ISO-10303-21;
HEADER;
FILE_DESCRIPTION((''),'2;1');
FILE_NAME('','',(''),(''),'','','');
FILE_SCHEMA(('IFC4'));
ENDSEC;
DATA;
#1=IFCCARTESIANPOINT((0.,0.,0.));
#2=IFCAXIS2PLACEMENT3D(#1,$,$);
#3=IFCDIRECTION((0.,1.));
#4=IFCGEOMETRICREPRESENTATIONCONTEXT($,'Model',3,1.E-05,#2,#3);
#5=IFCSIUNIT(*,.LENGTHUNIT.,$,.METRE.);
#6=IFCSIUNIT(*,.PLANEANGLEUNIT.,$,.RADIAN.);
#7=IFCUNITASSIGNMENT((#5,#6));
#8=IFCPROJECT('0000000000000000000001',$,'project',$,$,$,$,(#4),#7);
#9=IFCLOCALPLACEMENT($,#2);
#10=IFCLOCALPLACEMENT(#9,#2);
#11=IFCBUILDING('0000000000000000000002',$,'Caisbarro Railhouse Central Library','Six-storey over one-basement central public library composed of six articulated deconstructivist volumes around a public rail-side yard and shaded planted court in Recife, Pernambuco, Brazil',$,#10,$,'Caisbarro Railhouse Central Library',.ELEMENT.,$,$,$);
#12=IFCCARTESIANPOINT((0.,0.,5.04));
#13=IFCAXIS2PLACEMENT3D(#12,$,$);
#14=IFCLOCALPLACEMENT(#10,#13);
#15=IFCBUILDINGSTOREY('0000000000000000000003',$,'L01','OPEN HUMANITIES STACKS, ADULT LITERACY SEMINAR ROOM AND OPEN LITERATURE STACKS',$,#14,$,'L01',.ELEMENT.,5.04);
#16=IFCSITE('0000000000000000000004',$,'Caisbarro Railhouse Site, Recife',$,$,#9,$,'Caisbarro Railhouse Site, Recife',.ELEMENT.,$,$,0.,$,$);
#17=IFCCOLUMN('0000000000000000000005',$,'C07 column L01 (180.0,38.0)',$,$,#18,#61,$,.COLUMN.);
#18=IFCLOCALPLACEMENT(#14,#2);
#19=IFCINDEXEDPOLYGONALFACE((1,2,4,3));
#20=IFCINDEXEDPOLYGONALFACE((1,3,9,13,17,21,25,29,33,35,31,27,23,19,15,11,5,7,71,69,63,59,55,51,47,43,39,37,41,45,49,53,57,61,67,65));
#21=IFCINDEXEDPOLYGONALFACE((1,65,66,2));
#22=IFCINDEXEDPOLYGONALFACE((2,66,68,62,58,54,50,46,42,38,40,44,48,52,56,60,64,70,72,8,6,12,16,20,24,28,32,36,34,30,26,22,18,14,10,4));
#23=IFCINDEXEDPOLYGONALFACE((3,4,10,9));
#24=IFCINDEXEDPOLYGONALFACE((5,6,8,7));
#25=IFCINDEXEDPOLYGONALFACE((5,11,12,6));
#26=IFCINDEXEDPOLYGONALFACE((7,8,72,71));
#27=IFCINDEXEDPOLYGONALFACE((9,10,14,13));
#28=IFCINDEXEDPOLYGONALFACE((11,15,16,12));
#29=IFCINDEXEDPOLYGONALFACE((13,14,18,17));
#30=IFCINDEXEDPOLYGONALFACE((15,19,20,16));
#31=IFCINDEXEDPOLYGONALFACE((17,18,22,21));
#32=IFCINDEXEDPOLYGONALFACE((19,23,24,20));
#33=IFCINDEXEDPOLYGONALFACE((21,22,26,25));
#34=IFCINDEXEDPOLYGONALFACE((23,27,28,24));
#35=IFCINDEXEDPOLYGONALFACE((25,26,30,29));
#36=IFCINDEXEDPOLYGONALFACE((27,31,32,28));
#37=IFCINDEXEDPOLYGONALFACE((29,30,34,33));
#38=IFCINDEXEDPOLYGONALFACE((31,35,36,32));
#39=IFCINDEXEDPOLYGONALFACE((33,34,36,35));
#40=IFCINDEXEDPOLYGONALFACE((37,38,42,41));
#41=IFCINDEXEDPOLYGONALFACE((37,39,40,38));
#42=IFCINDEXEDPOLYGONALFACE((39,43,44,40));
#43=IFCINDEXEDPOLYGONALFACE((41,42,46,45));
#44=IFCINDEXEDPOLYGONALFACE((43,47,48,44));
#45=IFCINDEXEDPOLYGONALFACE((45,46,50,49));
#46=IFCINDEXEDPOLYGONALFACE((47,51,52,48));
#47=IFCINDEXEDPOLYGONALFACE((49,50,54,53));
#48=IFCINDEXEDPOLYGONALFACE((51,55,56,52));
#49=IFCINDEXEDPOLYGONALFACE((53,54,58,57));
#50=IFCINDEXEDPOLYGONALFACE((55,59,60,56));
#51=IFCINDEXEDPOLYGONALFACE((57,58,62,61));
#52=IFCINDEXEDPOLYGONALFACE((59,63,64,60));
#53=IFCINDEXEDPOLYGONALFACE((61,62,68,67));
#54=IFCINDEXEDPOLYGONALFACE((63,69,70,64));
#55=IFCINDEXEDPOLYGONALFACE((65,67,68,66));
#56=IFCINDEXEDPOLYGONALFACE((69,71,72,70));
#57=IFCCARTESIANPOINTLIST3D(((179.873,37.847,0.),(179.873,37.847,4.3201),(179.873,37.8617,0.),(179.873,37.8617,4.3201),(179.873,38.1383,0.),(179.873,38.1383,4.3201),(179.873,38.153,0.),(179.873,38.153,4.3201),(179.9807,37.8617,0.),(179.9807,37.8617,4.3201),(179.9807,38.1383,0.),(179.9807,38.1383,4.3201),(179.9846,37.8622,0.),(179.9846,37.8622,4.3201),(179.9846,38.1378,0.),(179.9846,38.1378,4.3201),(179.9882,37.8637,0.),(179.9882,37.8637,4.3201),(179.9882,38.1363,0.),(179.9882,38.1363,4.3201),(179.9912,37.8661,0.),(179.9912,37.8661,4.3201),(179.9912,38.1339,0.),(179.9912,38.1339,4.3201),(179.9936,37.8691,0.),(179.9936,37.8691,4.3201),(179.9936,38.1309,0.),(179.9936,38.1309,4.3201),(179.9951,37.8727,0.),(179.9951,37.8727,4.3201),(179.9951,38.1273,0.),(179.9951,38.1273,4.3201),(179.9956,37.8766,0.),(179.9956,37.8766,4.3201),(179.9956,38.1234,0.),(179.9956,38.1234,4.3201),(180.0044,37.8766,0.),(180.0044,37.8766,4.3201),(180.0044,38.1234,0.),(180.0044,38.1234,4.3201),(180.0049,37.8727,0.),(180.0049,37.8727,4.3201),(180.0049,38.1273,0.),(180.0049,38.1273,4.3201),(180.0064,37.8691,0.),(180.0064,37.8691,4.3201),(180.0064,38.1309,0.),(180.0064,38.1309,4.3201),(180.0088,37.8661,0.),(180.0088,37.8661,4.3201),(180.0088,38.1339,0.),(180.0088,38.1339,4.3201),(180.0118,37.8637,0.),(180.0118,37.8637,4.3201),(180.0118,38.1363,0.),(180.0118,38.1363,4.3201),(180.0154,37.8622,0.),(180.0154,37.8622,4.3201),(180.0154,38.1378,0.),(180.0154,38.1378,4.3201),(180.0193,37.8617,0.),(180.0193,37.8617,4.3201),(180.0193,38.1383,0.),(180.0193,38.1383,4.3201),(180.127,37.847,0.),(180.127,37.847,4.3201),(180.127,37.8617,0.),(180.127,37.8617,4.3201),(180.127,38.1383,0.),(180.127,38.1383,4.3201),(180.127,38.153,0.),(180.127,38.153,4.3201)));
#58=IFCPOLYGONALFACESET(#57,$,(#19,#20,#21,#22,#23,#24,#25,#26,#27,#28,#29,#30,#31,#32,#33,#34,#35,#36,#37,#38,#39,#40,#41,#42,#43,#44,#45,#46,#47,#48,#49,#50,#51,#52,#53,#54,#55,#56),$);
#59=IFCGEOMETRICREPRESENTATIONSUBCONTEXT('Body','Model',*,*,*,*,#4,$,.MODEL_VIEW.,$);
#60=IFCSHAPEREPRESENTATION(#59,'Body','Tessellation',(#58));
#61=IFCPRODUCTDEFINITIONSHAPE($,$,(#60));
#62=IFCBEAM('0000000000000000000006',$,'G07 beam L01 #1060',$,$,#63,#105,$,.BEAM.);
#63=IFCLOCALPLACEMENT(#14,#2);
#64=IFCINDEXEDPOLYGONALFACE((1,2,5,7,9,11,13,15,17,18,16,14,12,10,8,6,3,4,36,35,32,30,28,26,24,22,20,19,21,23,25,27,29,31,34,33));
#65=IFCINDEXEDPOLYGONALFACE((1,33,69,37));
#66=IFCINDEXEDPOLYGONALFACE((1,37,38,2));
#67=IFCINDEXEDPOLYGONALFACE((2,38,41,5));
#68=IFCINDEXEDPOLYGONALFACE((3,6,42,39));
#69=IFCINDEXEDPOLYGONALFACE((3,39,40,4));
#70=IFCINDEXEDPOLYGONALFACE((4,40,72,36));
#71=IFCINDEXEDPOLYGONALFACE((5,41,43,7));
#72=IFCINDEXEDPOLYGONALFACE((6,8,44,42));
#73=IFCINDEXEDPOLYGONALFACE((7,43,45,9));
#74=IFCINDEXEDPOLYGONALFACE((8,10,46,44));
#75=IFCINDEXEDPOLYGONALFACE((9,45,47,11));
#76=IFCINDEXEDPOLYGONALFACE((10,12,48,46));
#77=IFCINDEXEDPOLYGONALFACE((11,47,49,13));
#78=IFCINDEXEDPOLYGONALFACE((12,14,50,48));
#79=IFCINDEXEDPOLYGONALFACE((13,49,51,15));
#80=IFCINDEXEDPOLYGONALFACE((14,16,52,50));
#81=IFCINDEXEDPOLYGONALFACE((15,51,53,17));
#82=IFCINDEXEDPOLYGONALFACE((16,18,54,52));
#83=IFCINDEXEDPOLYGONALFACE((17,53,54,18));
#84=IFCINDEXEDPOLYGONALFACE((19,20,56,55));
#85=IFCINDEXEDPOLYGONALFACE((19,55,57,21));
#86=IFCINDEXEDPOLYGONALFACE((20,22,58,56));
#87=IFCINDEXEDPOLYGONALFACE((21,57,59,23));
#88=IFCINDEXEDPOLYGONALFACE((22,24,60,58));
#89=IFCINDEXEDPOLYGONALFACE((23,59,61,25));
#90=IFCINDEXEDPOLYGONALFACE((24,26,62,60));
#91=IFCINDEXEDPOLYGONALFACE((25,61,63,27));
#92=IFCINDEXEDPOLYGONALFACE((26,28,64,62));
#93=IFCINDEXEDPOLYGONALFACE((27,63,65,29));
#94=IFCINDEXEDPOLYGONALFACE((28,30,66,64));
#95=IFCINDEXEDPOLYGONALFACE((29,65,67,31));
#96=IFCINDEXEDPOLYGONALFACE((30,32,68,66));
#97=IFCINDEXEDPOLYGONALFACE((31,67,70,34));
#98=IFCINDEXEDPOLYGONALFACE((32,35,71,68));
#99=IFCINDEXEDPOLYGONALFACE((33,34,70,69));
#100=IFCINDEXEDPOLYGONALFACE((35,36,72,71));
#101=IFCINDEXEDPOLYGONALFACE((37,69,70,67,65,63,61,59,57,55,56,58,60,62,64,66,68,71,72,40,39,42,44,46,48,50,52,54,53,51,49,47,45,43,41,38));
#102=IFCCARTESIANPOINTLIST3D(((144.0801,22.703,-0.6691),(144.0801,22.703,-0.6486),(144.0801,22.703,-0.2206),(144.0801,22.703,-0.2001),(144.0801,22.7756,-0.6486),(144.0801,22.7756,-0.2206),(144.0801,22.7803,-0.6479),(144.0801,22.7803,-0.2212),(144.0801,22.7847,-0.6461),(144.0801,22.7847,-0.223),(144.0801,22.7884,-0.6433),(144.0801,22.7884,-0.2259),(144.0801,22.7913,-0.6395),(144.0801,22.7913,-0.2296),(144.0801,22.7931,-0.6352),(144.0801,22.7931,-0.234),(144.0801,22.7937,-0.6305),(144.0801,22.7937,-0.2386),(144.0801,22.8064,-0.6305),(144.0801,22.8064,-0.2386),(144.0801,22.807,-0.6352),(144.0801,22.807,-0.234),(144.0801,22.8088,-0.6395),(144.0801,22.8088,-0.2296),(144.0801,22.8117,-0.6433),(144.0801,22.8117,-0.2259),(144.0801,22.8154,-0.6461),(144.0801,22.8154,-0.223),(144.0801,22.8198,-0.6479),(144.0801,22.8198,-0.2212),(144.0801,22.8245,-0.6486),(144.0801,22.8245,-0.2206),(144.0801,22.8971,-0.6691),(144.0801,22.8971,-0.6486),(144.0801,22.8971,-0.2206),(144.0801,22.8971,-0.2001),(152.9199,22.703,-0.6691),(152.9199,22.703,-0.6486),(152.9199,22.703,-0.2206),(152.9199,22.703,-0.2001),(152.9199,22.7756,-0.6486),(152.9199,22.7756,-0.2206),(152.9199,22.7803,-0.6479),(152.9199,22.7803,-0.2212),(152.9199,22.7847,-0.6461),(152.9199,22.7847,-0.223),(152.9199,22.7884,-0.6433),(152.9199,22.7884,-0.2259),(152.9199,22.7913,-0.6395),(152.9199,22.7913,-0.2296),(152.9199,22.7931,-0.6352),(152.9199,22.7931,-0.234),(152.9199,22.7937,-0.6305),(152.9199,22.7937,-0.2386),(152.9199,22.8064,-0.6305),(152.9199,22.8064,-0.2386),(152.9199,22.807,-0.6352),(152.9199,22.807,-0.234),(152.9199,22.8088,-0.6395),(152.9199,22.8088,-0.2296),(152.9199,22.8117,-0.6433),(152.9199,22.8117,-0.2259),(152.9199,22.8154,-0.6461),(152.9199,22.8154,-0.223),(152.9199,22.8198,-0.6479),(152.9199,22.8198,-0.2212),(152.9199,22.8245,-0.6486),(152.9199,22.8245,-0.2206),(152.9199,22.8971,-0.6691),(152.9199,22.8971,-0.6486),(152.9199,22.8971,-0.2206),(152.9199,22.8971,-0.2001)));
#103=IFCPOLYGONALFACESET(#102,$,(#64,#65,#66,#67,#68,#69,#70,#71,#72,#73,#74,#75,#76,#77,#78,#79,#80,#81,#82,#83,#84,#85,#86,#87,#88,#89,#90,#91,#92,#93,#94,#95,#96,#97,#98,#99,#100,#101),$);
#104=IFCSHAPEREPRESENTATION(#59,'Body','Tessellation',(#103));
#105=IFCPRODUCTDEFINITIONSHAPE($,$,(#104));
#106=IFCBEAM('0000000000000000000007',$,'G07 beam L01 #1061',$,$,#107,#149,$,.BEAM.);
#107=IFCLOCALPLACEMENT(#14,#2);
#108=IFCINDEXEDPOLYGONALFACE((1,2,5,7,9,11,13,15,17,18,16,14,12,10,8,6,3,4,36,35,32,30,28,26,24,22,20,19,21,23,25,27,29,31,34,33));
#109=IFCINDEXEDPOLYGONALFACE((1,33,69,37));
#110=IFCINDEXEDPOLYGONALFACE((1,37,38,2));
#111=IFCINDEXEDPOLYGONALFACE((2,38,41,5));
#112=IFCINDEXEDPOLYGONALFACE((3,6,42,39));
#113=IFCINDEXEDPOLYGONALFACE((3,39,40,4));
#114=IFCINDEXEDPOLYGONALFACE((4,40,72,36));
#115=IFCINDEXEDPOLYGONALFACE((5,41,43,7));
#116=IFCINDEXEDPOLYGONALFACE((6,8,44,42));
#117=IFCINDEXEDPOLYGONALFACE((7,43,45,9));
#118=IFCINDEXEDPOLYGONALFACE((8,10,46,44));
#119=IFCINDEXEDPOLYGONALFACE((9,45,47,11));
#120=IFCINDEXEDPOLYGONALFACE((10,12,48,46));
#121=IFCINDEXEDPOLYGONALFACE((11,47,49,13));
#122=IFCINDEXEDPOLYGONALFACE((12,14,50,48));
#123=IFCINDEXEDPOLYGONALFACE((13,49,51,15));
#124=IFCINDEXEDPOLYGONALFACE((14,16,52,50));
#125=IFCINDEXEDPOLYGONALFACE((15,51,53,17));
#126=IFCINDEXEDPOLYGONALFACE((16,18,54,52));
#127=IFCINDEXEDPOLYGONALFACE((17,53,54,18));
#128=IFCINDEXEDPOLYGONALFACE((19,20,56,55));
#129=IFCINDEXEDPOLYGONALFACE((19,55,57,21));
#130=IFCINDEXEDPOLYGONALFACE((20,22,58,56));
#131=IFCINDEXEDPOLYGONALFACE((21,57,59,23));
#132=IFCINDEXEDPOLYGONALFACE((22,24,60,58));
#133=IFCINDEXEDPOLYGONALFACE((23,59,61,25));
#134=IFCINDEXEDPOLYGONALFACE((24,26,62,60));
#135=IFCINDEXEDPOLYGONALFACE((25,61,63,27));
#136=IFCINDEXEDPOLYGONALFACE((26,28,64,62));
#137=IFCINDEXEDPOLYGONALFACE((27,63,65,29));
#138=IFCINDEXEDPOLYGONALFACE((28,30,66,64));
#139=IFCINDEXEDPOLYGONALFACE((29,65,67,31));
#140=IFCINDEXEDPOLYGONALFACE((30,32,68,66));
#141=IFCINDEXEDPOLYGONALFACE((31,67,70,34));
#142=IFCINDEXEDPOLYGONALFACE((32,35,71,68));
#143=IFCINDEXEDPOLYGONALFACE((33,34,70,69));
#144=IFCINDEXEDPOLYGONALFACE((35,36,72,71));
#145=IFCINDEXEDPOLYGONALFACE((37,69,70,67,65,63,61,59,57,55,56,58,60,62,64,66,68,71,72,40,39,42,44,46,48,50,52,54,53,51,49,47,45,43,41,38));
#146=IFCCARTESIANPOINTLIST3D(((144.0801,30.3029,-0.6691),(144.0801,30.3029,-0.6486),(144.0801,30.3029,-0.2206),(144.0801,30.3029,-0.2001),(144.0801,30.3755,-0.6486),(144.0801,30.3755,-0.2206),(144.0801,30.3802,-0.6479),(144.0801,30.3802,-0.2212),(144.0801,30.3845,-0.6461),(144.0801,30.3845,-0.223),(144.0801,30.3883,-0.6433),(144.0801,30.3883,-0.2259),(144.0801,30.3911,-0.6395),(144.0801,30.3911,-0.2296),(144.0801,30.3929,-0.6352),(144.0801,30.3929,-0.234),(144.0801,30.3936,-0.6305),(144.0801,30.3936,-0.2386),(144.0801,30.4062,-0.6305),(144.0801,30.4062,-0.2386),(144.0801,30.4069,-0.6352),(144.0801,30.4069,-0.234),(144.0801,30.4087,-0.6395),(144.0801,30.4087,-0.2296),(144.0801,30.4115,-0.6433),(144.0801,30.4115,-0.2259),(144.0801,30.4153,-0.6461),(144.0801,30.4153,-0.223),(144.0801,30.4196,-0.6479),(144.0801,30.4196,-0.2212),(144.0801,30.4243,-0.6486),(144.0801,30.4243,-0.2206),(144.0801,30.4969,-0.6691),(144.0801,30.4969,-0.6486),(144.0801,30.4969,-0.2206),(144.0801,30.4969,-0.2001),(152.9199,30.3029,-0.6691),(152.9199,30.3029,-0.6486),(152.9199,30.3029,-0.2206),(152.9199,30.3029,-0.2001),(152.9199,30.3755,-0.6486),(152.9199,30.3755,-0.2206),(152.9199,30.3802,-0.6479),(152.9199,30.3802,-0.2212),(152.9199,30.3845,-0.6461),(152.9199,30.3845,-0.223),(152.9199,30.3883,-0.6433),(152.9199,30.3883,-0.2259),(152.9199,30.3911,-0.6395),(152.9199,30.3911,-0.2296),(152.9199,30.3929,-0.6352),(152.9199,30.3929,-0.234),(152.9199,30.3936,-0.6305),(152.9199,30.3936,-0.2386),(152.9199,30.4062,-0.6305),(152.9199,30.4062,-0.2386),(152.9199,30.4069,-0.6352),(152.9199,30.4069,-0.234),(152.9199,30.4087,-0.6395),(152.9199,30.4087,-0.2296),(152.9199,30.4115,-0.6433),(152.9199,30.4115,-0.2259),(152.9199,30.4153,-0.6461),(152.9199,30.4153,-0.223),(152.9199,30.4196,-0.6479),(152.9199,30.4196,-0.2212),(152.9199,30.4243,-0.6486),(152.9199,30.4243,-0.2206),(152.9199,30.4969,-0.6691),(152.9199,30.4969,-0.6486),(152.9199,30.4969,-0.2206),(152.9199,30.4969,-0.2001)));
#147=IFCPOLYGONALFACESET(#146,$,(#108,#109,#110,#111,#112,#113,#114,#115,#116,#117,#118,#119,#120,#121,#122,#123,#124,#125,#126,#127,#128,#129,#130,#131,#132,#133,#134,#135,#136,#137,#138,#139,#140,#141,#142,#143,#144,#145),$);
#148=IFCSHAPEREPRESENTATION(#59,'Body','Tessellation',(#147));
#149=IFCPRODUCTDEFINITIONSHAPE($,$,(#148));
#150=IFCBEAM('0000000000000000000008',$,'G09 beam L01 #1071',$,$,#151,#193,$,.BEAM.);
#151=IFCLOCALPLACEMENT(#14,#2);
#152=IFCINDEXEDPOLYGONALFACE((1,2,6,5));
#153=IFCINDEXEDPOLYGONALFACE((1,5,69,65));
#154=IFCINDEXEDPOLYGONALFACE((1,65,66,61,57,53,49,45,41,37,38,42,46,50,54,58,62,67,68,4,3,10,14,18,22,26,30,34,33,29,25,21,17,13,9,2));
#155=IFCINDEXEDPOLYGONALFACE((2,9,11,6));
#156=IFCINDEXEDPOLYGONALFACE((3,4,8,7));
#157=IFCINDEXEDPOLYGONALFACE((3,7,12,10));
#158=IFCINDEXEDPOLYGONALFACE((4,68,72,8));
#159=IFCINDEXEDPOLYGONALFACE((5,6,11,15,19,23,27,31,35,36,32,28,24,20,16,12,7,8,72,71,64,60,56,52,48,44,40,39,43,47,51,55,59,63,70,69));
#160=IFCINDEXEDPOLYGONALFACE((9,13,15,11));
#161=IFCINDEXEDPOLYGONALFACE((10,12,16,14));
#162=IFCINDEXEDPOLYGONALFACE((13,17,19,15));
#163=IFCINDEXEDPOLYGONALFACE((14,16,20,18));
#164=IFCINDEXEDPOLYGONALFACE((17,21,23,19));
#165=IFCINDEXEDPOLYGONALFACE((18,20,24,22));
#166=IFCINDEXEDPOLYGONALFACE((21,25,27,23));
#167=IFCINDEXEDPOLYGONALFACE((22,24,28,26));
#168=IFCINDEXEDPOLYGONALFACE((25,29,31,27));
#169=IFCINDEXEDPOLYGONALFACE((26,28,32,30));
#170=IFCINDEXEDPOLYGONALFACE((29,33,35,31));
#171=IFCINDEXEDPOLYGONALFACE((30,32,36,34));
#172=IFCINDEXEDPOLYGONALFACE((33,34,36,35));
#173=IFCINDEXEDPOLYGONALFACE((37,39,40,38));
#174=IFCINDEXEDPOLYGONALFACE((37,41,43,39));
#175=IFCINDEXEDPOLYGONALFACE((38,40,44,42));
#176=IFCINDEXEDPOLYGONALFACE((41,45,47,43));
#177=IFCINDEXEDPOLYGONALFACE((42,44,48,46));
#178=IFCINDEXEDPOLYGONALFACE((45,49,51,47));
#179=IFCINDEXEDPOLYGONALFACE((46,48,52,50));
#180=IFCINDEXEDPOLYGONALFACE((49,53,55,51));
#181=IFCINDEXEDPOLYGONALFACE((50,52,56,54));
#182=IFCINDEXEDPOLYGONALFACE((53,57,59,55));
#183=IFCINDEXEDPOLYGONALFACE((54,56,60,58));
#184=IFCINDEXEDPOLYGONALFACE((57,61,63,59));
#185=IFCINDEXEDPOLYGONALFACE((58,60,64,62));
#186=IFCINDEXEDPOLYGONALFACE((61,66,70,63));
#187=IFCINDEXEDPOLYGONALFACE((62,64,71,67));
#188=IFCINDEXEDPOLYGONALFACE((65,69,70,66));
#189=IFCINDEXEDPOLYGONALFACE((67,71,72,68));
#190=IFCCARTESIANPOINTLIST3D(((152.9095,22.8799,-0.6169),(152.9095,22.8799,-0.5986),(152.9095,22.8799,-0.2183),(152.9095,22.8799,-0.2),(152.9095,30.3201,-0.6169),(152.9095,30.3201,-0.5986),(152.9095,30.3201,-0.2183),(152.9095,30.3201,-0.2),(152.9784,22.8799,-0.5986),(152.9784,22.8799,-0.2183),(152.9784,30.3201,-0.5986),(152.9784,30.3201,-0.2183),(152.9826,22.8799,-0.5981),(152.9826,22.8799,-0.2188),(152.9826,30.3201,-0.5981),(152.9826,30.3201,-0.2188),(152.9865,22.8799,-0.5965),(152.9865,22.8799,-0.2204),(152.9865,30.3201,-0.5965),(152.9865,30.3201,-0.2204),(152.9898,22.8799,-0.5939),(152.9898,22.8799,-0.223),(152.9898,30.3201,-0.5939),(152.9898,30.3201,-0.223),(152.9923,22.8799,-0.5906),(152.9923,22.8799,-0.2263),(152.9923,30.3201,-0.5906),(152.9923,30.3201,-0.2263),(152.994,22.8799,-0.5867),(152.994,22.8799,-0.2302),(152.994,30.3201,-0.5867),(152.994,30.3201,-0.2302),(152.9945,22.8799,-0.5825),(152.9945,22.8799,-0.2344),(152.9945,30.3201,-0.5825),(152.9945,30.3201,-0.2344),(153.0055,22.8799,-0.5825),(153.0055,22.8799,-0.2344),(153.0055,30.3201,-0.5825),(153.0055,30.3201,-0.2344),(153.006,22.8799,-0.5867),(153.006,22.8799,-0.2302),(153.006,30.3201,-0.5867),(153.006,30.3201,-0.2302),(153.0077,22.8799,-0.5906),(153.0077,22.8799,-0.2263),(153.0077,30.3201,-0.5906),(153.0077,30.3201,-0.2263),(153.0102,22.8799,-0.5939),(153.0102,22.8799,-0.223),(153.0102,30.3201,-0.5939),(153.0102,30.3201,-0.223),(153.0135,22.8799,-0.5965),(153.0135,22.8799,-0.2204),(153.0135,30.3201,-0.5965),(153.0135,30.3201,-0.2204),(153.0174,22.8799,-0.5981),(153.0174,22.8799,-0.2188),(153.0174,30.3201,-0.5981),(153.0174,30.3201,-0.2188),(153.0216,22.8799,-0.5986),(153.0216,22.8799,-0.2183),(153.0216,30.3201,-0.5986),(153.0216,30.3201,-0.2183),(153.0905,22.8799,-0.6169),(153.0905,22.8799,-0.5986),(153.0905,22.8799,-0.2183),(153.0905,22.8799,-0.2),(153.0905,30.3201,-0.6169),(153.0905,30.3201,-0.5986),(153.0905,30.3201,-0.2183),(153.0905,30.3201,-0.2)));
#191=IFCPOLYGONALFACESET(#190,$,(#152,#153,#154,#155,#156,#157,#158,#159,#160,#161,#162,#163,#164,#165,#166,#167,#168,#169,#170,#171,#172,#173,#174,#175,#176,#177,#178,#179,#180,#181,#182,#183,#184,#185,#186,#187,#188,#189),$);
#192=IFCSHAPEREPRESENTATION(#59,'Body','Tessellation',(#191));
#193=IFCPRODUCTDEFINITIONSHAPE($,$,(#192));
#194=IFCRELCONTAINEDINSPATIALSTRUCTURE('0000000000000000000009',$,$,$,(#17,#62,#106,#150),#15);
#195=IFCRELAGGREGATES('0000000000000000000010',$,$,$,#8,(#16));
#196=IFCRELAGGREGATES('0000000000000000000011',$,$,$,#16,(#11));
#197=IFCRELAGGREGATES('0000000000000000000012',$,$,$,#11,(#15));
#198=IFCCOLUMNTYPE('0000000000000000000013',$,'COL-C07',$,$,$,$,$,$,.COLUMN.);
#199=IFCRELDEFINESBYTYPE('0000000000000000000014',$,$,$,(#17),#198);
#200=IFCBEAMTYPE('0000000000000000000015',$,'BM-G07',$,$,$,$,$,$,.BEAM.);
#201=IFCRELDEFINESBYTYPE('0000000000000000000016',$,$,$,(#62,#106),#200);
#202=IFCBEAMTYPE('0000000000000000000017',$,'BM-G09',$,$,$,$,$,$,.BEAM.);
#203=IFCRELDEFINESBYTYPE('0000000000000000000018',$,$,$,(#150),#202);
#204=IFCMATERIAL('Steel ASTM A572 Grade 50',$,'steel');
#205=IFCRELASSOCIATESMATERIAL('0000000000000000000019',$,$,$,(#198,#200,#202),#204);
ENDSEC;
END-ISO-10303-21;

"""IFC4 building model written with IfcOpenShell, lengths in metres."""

from ifc_helpers import new_model, si_unit, direction, frame, origin, origin_2d, place, context, subcontext, project, spatial, i_section, extrude, material, material_profile, profile_set, type_object, element, save


model = new_model("IFC4")

# Units and contexts
model_context = context("Model", 3, precision=1e-05, world=origin(), true_north=direction((0.0, 1.0)))
body_context = subcontext(model_context, "Body", "Model", "MODEL_VIEW")
ifc_project = project(units=[si_unit("LENGTHUNIT", "METRE"), si_unit("PLANEANGLEUNIT", "RADIAN")], contexts=[model_context])

# Site, building, storey
site_placement = place(None, origin())
site = spatial("IfcSite", under=ifc_project, at=site_placement, Name="Caisbarro Railhouse Site, Recife", LongName="Caisbarro Railhouse Site, Recife", CompositionType="ELEMENT", RefElevation=0.0)
building_placement = place(site_placement, origin())
building = spatial("IfcBuilding", under=site, at=building_placement, Name="Caisbarro Railhouse Central Library", Description="Six-storey over one-basement central public library composed of six articulated deconstructivist volumes around a public rail-side yard and shaded planted court in Recife, Pernambuco, Brazil", LongName="Caisbarro Railhouse Central Library", CompositionType="ELEMENT")
storey_placement = place(building_placement, frame((0.0, 0.0, 5.04)))
storey = spatial("IfcBuildingStorey", under=building, at=storey_placement, Name="L01", Description="OPEN HUMANITIES STACKS, ADULT LITERACY SEMINAR ROOM AND OPEN LITERATURE STACKS", LongName="L01", CompositionType="ELEMENT", Elevation=5.04)

# Column
ifc_material_1 = material(Name="Steel ASTM A572 Grade 50", Category="steel")
ifc_material_profile_1 = material_profile(ifc_material_1, i_section(OverallWidth=0.2539, OverallDepth=0.3059, WebThickness=0.0088, FlangeThickness=0.0146, FilletRadius=0.0149, at=origin_2d()), Name="W310X79.0")
ifc_profile_set_1 = profile_set([ifc_material_profile_1], Name="Steel ASTM A572 Grade 50")
column_type = type_object("IfcColumnType", Name="COL-C07", PredefinedType="COLUMN", material=ifc_profile_set_1)
for number, where, z_axis, x_axis, name in (
    (1, (180.0, 38.0, 0.0), (0.0, 0.0, 1.0), (1.0, 0.0, 0.0), "C07 column L01 (180.0,38.0)"),
):
    element("IfcColumn", number, at=place(storey_placement, frame(where, z_axis=z_axis, x_axis=x_axis)), inside=storey, type_object=column_type, Name=name, PredefinedType="COLUMN", context=body_context, shape_type="SweptSolid", body=[
        extrude(i_section(OverallWidth=0.2539, OverallDepth=0.3059, WebThickness=0.0088, FlangeThickness=0.0146, FilletRadius=0.0149, at=origin_2d()), origin(), (0.0, 0.0, 1.0), 4.3201),
    ])

# Beams
ifc_material_profile_2 = material_profile(ifc_material_1, i_section(OverallWidth=0.1941, OverallDepth=0.469, WebThickness=0.0127, FlangeThickness=0.0205, FilletRadius=0.0181, at=origin_2d()), Name="W460X106.0")
ifc_profile_set_2 = profile_set([ifc_material_profile_2], Name="Steel ASTM A572 Grade 50")
beam_type_1 = type_object("IfcBeamType", Name="BM-G07", PredefinedType="BEAM", material=ifc_profile_set_2)
for number, where, z_axis, x_axis, name in (
    (2, (144.0801, 22.8, -0.4346), (1.0, 0.0, 0.0), (0.0, 1.0, 0.0), "G07 beam L01 #1060"),
    (3, (144.0801, 30.3999, -0.4346), (1.0, 0.0, 0.0), (0.0, 1.0, 0.0), "G07 beam L01 #1061"),
):
    element("IfcBeam", number, at=place(storey_placement, frame(where, z_axis=z_axis, x_axis=x_axis)), inside=storey, type_object=beam_type_1, Name=name, PredefinedType="BEAM", context=body_context, shape_type="SweptSolid", body=[
        extrude(i_section(OverallWidth=0.1941, OverallDepth=0.469, WebThickness=0.0127, FlangeThickness=0.0205, FilletRadius=0.0181, at=origin_2d()), origin(), (0.0, 0.0, 1.0), 8.8398),
    ])
ifc_material_profile_3 = material_profile(ifc_material_1, i_section(OverallWidth=0.1809, OverallDepth=0.417, WebThickness=0.011, FlangeThickness=0.0183, FilletRadius=0.0161, at=origin_2d()), Name="W410X85.0")
ifc_profile_set_3 = profile_set([ifc_material_profile_3], Name="Steel ASTM A572 Grade 50")
beam_type_2 = type_object("IfcBeamType", Name="BM-G09", PredefinedType="BEAM", material=ifc_profile_set_3)
beam_1_placement = place(storey_placement, frame((153.0, 22.8799, -0.4084), z_axis=(0.0, 1.0, 0.0), x_axis=(-1.0, 0.0, 0.0)))
element("IfcBeam", 4, at=beam_1_placement, inside=storey, type_object=beam_type_2, Name="G09 beam L01 #1071", PredefinedType="BEAM", context=body_context, shape_type="SweptSolid", body=[
    extrude(i_section(OverallWidth=0.1809, OverallDepth=0.417, WebThickness=0.011, FlangeThickness=0.0183, FilletRadius=0.0161, at=origin_2d()), origin(), (0.0, 0.0, 1.0), 7.4402),
])

save(model, "model.ifc")
